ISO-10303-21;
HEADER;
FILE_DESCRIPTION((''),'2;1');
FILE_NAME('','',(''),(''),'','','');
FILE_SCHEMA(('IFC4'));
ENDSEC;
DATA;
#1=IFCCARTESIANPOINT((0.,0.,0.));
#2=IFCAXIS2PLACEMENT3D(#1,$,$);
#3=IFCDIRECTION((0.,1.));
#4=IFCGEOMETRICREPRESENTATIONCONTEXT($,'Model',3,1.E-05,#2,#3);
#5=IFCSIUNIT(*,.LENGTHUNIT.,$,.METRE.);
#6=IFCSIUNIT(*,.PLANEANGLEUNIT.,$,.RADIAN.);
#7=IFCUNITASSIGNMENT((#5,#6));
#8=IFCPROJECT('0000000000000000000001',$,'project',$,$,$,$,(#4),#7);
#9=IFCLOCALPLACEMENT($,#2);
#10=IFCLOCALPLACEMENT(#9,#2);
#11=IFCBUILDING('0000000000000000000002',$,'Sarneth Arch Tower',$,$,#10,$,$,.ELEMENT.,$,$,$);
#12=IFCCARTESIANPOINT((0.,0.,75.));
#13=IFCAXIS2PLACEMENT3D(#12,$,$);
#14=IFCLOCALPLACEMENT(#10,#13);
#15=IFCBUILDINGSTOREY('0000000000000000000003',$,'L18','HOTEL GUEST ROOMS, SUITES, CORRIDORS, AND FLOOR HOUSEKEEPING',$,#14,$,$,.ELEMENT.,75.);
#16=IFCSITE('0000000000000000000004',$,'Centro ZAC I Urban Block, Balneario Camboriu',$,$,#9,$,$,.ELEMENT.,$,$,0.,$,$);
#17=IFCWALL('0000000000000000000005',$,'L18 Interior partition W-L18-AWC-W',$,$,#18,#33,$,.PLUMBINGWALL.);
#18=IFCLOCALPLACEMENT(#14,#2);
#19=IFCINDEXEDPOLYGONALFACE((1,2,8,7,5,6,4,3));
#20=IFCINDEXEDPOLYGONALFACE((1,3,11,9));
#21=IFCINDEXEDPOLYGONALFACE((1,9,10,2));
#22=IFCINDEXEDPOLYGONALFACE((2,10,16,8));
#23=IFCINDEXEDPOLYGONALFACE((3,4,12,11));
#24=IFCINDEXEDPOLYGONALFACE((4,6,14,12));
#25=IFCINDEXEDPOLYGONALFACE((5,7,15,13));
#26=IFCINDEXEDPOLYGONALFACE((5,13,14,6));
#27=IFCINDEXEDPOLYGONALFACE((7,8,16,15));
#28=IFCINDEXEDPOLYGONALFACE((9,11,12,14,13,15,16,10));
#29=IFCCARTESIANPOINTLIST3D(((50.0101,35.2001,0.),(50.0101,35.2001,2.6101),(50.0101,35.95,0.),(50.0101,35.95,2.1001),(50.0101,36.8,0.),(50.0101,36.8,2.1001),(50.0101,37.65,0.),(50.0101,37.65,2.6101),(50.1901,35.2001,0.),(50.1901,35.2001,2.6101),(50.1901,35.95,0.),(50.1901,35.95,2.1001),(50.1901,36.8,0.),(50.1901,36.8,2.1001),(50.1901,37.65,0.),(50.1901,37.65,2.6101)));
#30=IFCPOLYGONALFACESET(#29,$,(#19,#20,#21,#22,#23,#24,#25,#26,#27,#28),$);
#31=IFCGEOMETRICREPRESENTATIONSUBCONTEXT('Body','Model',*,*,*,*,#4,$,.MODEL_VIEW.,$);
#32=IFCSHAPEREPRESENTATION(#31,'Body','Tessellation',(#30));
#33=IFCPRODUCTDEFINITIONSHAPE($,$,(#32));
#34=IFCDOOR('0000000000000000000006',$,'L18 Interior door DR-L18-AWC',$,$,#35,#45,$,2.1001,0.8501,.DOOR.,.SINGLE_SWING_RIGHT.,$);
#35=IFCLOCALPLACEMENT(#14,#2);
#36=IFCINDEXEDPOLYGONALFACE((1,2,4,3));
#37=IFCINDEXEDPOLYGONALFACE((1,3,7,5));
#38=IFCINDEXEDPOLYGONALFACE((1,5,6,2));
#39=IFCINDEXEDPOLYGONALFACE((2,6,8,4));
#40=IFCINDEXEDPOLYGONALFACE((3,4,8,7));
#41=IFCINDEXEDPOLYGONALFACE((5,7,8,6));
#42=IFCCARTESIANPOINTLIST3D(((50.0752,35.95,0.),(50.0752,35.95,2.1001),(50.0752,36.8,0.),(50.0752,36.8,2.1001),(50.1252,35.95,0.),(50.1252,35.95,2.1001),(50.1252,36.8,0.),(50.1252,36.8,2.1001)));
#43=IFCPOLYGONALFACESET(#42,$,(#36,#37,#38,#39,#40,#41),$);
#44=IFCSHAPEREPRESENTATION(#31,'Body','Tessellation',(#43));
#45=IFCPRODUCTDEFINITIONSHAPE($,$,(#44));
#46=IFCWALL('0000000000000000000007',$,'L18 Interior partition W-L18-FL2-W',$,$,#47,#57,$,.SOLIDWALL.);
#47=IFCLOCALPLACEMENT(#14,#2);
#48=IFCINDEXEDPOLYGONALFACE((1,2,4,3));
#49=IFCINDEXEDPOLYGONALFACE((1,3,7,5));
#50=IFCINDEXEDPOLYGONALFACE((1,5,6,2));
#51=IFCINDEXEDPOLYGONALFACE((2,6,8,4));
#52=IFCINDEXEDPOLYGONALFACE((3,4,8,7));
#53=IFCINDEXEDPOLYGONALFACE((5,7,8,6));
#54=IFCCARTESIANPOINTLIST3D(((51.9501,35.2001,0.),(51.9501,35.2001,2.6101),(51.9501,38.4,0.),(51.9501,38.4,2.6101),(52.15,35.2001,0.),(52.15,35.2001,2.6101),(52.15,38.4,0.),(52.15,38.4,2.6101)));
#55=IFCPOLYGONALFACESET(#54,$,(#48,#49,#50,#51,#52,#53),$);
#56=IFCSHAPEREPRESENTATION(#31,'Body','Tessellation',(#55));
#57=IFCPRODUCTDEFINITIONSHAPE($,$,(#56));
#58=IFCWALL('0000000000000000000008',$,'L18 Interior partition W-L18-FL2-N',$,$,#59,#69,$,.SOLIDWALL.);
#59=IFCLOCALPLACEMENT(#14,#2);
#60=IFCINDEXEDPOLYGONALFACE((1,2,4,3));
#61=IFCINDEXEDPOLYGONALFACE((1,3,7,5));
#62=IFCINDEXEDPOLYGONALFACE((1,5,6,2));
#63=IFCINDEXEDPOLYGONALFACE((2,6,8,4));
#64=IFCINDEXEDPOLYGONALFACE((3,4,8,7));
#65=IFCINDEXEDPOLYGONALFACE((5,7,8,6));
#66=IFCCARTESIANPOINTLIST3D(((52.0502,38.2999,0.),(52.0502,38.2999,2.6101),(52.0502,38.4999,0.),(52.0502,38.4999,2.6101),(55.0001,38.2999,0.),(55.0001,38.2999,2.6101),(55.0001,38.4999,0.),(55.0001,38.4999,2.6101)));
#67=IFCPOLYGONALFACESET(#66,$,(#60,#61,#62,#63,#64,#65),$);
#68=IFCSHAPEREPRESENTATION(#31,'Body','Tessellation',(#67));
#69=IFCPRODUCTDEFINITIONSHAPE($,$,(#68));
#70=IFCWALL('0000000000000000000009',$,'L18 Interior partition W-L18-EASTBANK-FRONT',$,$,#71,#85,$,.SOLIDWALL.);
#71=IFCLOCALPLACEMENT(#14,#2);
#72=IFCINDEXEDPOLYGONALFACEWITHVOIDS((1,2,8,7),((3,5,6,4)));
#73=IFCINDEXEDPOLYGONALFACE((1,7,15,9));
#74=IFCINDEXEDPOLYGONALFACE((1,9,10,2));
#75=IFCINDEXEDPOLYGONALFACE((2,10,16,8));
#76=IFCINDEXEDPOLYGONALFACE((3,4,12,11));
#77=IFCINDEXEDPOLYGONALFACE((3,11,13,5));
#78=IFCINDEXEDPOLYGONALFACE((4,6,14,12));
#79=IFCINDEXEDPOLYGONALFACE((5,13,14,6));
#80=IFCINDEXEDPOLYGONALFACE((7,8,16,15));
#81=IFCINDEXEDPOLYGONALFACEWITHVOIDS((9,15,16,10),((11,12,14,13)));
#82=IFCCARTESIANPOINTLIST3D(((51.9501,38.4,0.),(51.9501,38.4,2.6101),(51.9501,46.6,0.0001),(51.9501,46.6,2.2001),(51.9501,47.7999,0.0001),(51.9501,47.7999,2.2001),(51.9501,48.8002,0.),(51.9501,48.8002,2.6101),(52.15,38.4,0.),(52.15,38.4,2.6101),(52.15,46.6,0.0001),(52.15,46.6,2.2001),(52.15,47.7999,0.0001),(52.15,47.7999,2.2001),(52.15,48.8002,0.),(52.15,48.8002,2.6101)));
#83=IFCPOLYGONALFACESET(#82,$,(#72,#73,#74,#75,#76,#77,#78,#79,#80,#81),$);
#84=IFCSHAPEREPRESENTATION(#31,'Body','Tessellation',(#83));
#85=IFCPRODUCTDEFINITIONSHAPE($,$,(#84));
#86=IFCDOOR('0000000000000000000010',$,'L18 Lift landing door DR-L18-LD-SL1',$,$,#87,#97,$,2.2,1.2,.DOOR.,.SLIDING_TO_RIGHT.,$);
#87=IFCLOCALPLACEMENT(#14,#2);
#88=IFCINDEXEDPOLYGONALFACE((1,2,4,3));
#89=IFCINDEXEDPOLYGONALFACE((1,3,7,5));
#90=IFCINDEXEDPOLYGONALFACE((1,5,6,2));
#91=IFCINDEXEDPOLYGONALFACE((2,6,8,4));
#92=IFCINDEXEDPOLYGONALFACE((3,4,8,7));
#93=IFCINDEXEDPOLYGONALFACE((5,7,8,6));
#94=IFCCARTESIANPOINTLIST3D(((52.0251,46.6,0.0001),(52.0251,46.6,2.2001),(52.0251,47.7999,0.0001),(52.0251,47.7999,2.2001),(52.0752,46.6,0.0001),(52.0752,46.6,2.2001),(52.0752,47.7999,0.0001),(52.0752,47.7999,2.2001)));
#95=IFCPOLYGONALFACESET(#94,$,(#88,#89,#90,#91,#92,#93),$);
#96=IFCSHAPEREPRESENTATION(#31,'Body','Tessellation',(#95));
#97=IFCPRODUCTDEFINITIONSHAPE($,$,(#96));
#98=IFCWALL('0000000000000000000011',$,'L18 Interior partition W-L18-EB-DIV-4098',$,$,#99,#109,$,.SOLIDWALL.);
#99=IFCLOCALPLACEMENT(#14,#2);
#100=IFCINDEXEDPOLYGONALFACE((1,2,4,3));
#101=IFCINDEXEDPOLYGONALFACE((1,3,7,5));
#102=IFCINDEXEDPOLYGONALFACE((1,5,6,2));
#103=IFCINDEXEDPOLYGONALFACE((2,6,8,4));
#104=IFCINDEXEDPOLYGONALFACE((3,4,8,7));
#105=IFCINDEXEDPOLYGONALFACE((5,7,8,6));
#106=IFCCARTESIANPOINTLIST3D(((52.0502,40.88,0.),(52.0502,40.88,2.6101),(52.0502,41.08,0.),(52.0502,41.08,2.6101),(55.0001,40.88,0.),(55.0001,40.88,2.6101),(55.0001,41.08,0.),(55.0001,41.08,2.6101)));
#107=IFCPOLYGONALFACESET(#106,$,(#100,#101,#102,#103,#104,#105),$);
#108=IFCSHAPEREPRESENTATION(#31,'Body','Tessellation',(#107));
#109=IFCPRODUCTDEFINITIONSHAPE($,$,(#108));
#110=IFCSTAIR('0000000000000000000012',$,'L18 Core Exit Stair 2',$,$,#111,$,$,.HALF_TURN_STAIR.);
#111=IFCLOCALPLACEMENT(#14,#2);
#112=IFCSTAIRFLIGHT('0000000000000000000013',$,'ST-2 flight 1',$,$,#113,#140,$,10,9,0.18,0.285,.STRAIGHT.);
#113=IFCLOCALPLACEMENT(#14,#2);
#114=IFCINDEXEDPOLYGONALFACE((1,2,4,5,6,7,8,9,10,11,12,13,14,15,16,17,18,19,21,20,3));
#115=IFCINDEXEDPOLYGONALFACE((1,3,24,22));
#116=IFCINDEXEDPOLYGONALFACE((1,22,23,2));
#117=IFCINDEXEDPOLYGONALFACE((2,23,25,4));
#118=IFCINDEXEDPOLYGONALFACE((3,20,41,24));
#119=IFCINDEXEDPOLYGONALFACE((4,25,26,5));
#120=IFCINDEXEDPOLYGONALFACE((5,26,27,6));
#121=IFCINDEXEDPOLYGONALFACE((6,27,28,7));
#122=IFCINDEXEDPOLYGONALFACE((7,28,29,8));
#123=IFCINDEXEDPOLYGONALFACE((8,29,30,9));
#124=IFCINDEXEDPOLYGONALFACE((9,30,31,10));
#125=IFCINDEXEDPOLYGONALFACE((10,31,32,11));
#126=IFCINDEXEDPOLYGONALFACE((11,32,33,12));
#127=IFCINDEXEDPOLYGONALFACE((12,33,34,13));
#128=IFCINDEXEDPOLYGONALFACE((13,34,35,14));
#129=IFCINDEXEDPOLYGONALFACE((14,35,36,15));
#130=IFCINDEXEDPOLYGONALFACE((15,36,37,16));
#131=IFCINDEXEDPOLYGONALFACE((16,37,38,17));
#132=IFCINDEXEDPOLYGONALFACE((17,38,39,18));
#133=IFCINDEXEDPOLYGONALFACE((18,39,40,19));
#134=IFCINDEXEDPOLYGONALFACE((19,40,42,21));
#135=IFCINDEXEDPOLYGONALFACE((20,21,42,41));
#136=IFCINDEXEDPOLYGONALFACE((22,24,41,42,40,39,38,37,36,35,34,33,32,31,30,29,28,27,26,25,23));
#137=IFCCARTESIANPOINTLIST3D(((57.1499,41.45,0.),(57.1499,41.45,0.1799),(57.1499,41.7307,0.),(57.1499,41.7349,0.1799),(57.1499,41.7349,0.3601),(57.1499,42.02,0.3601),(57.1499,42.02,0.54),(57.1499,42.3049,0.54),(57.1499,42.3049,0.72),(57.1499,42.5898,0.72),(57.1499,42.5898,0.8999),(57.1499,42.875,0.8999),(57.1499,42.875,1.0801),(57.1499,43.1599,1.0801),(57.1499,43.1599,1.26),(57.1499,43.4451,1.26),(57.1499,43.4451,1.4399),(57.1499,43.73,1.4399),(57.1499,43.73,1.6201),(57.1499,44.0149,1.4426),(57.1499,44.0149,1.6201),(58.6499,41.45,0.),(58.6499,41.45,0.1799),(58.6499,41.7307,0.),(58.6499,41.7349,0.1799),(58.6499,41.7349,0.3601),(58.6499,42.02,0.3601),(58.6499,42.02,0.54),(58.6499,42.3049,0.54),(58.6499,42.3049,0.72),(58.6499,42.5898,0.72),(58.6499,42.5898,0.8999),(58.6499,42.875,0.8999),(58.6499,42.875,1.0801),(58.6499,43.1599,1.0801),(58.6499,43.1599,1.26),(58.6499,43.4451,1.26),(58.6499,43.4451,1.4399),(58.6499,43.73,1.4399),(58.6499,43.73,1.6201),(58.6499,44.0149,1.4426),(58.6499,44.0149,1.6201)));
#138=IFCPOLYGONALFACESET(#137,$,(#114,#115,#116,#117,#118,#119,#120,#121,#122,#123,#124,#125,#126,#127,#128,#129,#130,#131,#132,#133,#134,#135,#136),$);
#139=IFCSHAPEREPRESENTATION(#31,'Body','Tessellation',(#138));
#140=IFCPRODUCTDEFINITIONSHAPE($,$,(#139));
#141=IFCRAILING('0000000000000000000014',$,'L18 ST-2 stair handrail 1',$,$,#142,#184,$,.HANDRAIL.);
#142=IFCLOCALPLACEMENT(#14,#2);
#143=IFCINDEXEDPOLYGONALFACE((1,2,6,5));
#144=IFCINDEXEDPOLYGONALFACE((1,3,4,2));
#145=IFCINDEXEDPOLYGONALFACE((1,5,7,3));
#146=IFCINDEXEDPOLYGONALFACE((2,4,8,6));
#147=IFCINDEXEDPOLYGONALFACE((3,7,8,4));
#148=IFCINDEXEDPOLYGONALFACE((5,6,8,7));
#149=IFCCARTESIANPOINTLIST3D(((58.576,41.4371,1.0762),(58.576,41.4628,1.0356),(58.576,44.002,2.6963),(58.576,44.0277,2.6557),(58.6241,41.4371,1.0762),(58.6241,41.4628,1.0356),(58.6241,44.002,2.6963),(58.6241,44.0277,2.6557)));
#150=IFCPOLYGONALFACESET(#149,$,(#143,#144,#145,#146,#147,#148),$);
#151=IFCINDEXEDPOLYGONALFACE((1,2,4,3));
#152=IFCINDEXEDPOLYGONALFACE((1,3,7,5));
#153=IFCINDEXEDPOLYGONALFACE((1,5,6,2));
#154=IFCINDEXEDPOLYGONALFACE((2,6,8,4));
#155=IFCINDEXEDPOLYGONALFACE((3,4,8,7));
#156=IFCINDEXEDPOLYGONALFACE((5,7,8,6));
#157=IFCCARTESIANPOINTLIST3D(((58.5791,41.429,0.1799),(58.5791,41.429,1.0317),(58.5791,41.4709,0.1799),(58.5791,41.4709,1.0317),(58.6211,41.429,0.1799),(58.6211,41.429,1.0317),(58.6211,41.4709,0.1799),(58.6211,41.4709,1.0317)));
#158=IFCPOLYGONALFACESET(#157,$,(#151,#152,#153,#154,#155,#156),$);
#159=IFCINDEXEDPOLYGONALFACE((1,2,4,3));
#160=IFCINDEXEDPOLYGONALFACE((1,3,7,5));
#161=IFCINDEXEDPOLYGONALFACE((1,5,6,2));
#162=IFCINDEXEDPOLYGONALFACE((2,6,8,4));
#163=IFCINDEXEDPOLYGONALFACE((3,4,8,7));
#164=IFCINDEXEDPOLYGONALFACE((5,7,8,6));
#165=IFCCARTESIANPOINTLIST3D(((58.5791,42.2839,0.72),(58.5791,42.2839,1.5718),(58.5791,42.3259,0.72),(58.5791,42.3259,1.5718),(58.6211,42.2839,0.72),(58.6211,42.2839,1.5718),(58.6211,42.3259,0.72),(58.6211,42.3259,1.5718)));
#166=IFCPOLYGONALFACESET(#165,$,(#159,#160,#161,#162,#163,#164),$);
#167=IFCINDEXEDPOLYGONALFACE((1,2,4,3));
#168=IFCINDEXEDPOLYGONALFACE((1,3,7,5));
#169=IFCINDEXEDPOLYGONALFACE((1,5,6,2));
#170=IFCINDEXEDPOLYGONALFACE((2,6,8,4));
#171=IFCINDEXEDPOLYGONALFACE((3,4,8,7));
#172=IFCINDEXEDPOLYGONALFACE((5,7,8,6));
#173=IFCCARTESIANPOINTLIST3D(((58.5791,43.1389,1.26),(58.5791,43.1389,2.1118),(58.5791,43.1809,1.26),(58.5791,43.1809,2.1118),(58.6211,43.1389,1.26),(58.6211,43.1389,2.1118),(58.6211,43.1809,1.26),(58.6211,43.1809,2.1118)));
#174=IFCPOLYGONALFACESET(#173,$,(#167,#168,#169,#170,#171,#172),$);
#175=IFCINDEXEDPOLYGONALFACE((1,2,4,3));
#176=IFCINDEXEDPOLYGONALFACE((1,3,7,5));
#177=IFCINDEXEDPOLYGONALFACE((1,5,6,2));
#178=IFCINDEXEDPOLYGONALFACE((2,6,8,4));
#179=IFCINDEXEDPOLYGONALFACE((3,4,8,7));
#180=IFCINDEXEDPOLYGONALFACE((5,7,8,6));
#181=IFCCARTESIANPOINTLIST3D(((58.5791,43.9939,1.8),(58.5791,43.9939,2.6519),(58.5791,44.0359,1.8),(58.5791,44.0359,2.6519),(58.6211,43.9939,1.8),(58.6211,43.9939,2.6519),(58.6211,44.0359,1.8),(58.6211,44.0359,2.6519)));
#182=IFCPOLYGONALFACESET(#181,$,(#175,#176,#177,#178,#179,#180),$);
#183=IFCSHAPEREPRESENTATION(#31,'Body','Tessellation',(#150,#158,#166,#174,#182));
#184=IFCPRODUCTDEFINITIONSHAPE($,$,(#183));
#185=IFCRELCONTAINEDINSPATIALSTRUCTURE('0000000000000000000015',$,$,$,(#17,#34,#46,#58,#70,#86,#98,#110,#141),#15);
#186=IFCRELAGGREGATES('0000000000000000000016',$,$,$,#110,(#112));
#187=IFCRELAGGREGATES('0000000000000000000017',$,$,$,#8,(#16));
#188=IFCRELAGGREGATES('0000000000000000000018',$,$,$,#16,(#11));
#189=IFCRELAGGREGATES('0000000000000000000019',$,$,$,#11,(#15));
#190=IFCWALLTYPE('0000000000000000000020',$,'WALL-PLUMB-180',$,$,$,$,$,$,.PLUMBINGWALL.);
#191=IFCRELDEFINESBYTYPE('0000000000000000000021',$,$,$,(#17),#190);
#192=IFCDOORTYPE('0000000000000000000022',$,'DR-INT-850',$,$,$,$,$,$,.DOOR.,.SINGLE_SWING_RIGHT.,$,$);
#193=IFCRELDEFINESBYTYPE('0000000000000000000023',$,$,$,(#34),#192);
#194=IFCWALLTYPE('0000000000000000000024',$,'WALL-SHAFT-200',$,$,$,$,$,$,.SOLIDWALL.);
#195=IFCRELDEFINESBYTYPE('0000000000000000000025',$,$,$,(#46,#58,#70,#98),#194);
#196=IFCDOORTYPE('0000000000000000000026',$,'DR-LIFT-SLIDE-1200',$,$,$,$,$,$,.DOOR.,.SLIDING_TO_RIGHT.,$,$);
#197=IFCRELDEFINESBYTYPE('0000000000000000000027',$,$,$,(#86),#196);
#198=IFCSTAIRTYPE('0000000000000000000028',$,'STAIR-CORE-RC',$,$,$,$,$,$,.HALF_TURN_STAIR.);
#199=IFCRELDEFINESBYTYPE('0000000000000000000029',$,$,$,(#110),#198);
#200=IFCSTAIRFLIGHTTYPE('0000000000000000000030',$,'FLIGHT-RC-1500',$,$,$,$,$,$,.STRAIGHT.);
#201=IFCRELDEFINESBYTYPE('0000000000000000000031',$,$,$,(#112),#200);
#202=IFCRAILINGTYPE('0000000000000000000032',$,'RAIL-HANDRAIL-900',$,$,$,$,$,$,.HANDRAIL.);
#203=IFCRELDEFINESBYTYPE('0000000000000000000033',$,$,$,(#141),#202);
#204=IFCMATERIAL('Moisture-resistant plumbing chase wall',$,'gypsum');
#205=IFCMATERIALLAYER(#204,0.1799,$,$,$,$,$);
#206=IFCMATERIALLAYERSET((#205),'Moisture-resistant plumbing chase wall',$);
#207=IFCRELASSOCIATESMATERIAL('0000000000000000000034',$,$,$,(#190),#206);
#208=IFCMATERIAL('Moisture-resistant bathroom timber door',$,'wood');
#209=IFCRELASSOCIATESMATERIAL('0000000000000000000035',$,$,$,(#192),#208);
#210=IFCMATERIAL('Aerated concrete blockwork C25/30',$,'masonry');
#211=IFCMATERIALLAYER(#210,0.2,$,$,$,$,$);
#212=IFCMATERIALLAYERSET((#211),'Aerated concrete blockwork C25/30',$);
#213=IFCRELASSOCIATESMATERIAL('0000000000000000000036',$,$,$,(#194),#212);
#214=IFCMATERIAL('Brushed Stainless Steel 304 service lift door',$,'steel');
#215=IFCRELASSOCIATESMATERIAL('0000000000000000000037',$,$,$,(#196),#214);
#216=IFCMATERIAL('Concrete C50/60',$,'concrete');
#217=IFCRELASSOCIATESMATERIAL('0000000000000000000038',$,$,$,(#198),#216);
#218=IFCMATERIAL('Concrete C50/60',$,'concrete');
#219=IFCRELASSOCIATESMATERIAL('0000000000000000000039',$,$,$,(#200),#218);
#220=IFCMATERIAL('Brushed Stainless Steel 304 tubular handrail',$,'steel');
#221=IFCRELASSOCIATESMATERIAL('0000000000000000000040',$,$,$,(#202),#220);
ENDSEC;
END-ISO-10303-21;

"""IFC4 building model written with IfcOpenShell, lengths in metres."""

from ifc_helpers import new_model, si_unit, direction, frame, frame_2d, origin, origin_2d, place, context, subcontext, project, spatial, polyline, rectangle, outline, extrude, material, layer, layer_set, type_object, element, fill, aggregate, save


model = new_model("IFC4")

# Units and contexts
model_context = context("Model", 3, precision=1e-05, world=origin(), true_north=direction((0.0, 1.0)))
body_context = subcontext(model_context, "Body", "Model", "MODEL_VIEW")
ifc_project = project(units=[si_unit("LENGTHUNIT", "METRE"), si_unit("PLANEANGLEUNIT", "RADIAN")], contexts=[model_context])

# Site, building, storey
site_placement = place(None, origin())
site = spatial("IfcSite", under=ifc_project, at=site_placement, Name="Centro ZAC I Urban Block, Balneario Camboriu", CompositionType="ELEMENT", RefElevation=0.0)
building_placement = place(site_placement, origin())
building = spatial("IfcBuilding", under=site, at=building_placement, Name="Sarneth Arch Tower", CompositionType="ELEMENT")
storey_placement = place(building_placement, frame((0.0, 0.0, 75.0)))
storey = spatial("IfcBuildingStorey", under=building, at=storey_placement, Name="L18", Description="HOTEL GUEST ROOMS, SUITES, CORRIDORS, AND FLOOR HOUSEKEEPING", CompositionType="ELEMENT", Elevation=75.0)

# Shared definitions
ifc_material_1 = material(Name="Moisture-resistant plumbing chase wall", Category="gypsum")
ifc_layer_1 = layer(ifc_material_1, 0.1799)
ifc_layer_set_1 = layer_set([ifc_layer_1], Name="Moisture-resistant plumbing chase wall")
wall_type_1 = type_object("IfcWallType", Name="WALL-PLUMB-180", PredefinedType="PLUMBINGWALL", material=ifc_layer_set_1)

# Wall, opening, door
wall_1_placement = place(storey_placement, frame((50.1001, 35.2, 0.0), z_axis=(0.0, 0.0, 1.0), x_axis=(0.0, 1.0, 0.0)))
wall_1 = element("IfcWall", 1, at=wall_1_placement, inside=storey, type_object=wall_type_1, Name="L18 Interior partition W-L18-AWC-W", PredefinedType="PLUMBINGWALL", context=body_context, shape_type="SweptSolid", body=[
    extrude(rectangle(XDim=2.45, YDim=0.1799, at=frame_2d((1.2251, 0.0))), origin(), (0.0, 0.0, 1.0), 2.6101),
])
opening_1_placement = place(wall_1_placement, frame((0.75, 0.0, 0.0)))
opening_1 = element("IfcOpeningElement", 2, at=opening_1_placement, cuts=wall_1, PredefinedType="OPENING", context=body_context, shape_type="SweptSolid", body=[
    extrude(rectangle(XDim=0.8501, YDim=2.1001, at=frame_2d((0.425, 1.05))), frame((0.0, 0.0999, 0.0), z_axis=(0.0, -1.0, 0.0), x_axis=(1.0, 0.0, 0.0)), (0.0, 0.0, 1.0), 0.2),
])
ifc_material_2 = material(Name="Moisture-resistant bathroom timber door", Category="wood")
door_type_1 = type_object("IfcDoorType", Name="DR-INT-850", OperationType="SINGLE_SWING_RIGHT", PredefinedType="DOOR", material=ifc_material_2)
door_1_placement = place(opening_1_placement, origin())
door_1 = element("IfcDoor", 3, at=door_1_placement, inside=storey, type_object=door_type_1, Name="L18 Interior door DR-L18-AWC", OperationType="SINGLE_SWING_RIGHT", OverallHeight=2.1001, OverallWidth=0.8501, PredefinedType="DOOR", context=body_context, shape_type="SweptSolid", body=[
    extrude(rectangle(XDim=0.8501, YDim=2.1001, at=frame_2d((0.425, 1.05))), frame((0.0, 0.0249, 0.0), z_axis=(0.0, -1.0, 0.0), x_axis=(1.0, 0.0, 0.0)), (0.0, 0.0, 1.0), 0.05),
])
fill(opening_1, door_1)
ifc_material_3 = material(Name="Aerated concrete blockwork C25/30", Category="masonry")
ifc_layer_2 = layer(ifc_material_3, 0.2)
ifc_layer_set_2 = layer_set([ifc_layer_2], Name="Aerated concrete blockwork C25/30")
wall_type_2 = type_object("IfcWallType", Name="WALL-SHAFT-200", PredefinedType="SOLIDWALL", material=ifc_layer_set_2)

# Walls
wall_2_placement = place(storey_placement, frame((52.05, 35.2, 0.0), z_axis=(0.0, 0.0, 1.0), x_axis=(0.0, 1.0, 0.0)))
element("IfcWall", 4, at=wall_2_placement, inside=storey, type_object=wall_type_2, Name="L18 Interior partition W-L18-FL2-W", PredefinedType="SOLIDWALL", context=body_context, shape_type="SweptSolid", body=[
    extrude(rectangle(XDim=3.2, YDim=0.2, at=frame_2d((1.6001, 0.0))), origin(), (0.0, 0.0, 1.0), 2.6101),
])
wall_3_placement = place(storey_placement, frame((52.05, 38.3999, 0.0), z_axis=(0.0, 0.0, 1.0), x_axis=(1.0, 0.0, 0.0)))
element("IfcWall", 5, at=wall_3_placement, inside=storey, type_object=wall_type_2, Name="L18 Interior partition W-L18-FL2-N", PredefinedType="SOLIDWALL", context=body_context, shape_type="SweptSolid", body=[
    extrude(rectangle(XDim=2.95, YDim=0.2, at=frame_2d((1.4751, 0.0))), origin(), (0.0, 0.0, 1.0), 2.6101),
])

# Wall, opening, door
wall_4_placement = place(storey_placement, frame((52.05, 38.3999, 0.0), z_axis=(0.0, 0.0, 1.0), x_axis=(0.0, 1.0, 0.0)))
wall_4 = element("IfcWall", 6, at=wall_4_placement, inside=storey, type_object=wall_type_2, Name="L18 Interior partition W-L18-EASTBANK-FRONT", PredefinedType="SOLIDWALL", context=body_context, shape_type="SweptSolid", body=[
    extrude(rectangle(XDim=10.4001, YDim=0.2, at=frame_2d((5.2002, 0.0))), origin(), (0.0, 0.0, 1.0), 2.6101),
])
opening_2_placement = place(wall_4_placement, frame((8.2, 0.0, 0.0)))
opening_2 = element("IfcOpeningElement", 7, at=opening_2_placement, cuts=wall_4, PredefinedType="OPENING", context=body_context, shape_type="SweptSolid", body=[
    extrude(rectangle(XDim=1.2, YDim=2.2, at=frame_2d((0.6001, 1.1001))), frame((0.0, 0.1099, 0.0), z_axis=(0.0, -1.0, 0.0), x_axis=(1.0, 0.0, 0.0)), (0.0, 0.0, 1.0), 0.22),
])
ifc_material_4 = material(Name="Brushed Stainless Steel 304 service lift door", Category="steel")
door_type_2 = type_object("IfcDoorType", Name="DR-LIFT-SLIDE-1200", OperationType="SLIDING_TO_RIGHT", PredefinedType="DOOR", material=ifc_material_4)
door_2_placement = place(opening_2_placement, origin())
door_2 = element("IfcDoor", 8, at=door_2_placement, inside=storey, type_object=door_type_2, Name="L18 Lift landing door DR-L18-LD-SL1", OperationType="SLIDING_TO_RIGHT", OverallHeight=2.2, OverallWidth=1.2, PredefinedType="DOOR", context=body_context, shape_type="SweptSolid", body=[
    extrude(rectangle(XDim=1.2, YDim=2.2, at=frame_2d((0.6001, 1.1001))), frame((0.0, 0.0249, 0.0), z_axis=(0.0, -1.0, 0.0), x_axis=(1.0, 0.0, 0.0)), (0.0, 0.0, 1.0), 0.05),
])
fill(opening_2, door_2)

# Wall
wall_5_placement = place(storey_placement, frame((52.05, 40.98, 0.0), z_axis=(0.0, 0.0, 1.0), x_axis=(1.0, 0.0, 0.0)))
element("IfcWall", 9, at=wall_5_placement, inside=storey, type_object=wall_type_2, Name="L18 Interior partition W-L18-EB-DIV-4098", PredefinedType="SOLIDWALL", context=body_context, shape_type="SweptSolid", body=[
    extrude(rectangle(XDim=2.95, YDim=0.2, at=frame_2d((1.4751, 0.0))), origin(), (0.0, 0.0, 1.0), 2.6101),
])

# Stair, stair flight
ifc_material_5 = material(Name="Concrete C50/60", Category="concrete")
stair_type = type_object("IfcStairType", Name="STAIR-CORE-RC", PredefinedType="HALF_TURN_STAIR", material=ifc_material_5)
stair_placement = place(storey_placement, origin())
stair = element("IfcStair", 10, at=stair_placement, inside=storey, type_object=stair_type, Name="L18 Core Exit Stair 2", PredefinedType="HALF_TURN_STAIR")
ifc_material_6 = material(Name="Concrete C50/60", Category="concrete")
stair_flight_type = type_object("IfcStairFlightType", Name="FLIGHT-RC-1500", PredefinedType="STRAIGHT", material=ifc_material_6)
stair_flight_placement = place(storey_placement, frame((57.8999, 41.45, 0.0), z_axis=(0.0, 0.0, 1.0), x_axis=(0.0, 1.0, 0.0)))
stair_flight = element("IfcStairFlight", 11, at=stair_flight_placement, type_object=stair_flight_type, Name="ST-2 flight 1", NumberOfRisers=10, NumberOfTreads=9, PredefinedType="STRAIGHT", RiserHeight=0.18, TreadLength=0.285, context=body_context, shape_type="SweptSolid", body=[
    extrude(outline(polyline([(0.0, 0.0), (0.0, 0.1799), (0.2849, 0.1799), (0.2849, 0.3601), (0.5701, 0.3601), (0.5701, 0.54), (0.855, 0.54), (0.855, 0.72), (1.1399, 0.72), (1.1399, 0.8999), (1.425, 0.8999), (1.425, 1.0801), (1.71, 1.0801), (1.71, 1.26), (1.9951, 1.26), (1.9951, 1.4399), (2.28, 1.4399), (2.28, 1.6201), (2.5649, 1.6201), (2.5649, 1.8), (2.5649, 1.4426), (0.2808, 0.0), (0.0, 0.0)])), frame((0.0, 0.75, 0.0), z_axis=(0.0, -1.0, 0.0), x_axis=(1.0, 0.0, 0.0)), (0.0, 0.0, 1.0), 1.5),
])
aggregate(stair, [stair_flight])

# Railing
ifc_material_7 = material(Name="Brushed Stainless Steel 304 tubular handrail", Category="steel")
railing_type_1 = type_object("IfcRailingType", Name="RAIL-HANDRAIL-900", PredefinedType="HANDRAIL", material=ifc_material_7)
railing_1_placement = place(storey_placement, frame((58.6001, 41.45, 0.1799)))
element("IfcRailing", 12, at=railing_1_placement, inside=storey, type_object=railing_type_1, Name="L18 ST-2 stair handrail 1", PredefinedType="HANDRAIL", context=body_context, shape_type="SweptSolid", body=[
    extrude(rectangle(XDim=0.0481, YDim=0.0481, at=origin_2d()), frame((0.0, 0.0, 0.876), z_axis=(0.0, 0.845466, 0.534029), x_axis=(-1.0, 0.0, 0.0)), (0.0, 0.0, 1.0), 3.0337),
    extrude(rectangle(XDim=0.042, YDim=0.042, at=origin_2d()), origin(), (0.0, 0.0, 1.0), 0.8518),
    extrude(rectangle(XDim=0.042, YDim=0.042, at=origin_2d()), frame((0.0, 0.855, 0.54)), (0.0, 0.0, 1.0), 0.8518),
    extrude(rectangle(XDim=0.042, YDim=0.042, at=origin_2d()), frame((0.0, 1.71, 1.0801)), (0.0, 0.0, 1.0), 0.8518),
    extrude(rectangle(XDim=0.042, YDim=0.042, at=origin_2d()), frame((0.0, 2.5649, 1.6201)), (0.0, 0.0, 1.0), 0.8518),
])

save(model, "model.ifc")
